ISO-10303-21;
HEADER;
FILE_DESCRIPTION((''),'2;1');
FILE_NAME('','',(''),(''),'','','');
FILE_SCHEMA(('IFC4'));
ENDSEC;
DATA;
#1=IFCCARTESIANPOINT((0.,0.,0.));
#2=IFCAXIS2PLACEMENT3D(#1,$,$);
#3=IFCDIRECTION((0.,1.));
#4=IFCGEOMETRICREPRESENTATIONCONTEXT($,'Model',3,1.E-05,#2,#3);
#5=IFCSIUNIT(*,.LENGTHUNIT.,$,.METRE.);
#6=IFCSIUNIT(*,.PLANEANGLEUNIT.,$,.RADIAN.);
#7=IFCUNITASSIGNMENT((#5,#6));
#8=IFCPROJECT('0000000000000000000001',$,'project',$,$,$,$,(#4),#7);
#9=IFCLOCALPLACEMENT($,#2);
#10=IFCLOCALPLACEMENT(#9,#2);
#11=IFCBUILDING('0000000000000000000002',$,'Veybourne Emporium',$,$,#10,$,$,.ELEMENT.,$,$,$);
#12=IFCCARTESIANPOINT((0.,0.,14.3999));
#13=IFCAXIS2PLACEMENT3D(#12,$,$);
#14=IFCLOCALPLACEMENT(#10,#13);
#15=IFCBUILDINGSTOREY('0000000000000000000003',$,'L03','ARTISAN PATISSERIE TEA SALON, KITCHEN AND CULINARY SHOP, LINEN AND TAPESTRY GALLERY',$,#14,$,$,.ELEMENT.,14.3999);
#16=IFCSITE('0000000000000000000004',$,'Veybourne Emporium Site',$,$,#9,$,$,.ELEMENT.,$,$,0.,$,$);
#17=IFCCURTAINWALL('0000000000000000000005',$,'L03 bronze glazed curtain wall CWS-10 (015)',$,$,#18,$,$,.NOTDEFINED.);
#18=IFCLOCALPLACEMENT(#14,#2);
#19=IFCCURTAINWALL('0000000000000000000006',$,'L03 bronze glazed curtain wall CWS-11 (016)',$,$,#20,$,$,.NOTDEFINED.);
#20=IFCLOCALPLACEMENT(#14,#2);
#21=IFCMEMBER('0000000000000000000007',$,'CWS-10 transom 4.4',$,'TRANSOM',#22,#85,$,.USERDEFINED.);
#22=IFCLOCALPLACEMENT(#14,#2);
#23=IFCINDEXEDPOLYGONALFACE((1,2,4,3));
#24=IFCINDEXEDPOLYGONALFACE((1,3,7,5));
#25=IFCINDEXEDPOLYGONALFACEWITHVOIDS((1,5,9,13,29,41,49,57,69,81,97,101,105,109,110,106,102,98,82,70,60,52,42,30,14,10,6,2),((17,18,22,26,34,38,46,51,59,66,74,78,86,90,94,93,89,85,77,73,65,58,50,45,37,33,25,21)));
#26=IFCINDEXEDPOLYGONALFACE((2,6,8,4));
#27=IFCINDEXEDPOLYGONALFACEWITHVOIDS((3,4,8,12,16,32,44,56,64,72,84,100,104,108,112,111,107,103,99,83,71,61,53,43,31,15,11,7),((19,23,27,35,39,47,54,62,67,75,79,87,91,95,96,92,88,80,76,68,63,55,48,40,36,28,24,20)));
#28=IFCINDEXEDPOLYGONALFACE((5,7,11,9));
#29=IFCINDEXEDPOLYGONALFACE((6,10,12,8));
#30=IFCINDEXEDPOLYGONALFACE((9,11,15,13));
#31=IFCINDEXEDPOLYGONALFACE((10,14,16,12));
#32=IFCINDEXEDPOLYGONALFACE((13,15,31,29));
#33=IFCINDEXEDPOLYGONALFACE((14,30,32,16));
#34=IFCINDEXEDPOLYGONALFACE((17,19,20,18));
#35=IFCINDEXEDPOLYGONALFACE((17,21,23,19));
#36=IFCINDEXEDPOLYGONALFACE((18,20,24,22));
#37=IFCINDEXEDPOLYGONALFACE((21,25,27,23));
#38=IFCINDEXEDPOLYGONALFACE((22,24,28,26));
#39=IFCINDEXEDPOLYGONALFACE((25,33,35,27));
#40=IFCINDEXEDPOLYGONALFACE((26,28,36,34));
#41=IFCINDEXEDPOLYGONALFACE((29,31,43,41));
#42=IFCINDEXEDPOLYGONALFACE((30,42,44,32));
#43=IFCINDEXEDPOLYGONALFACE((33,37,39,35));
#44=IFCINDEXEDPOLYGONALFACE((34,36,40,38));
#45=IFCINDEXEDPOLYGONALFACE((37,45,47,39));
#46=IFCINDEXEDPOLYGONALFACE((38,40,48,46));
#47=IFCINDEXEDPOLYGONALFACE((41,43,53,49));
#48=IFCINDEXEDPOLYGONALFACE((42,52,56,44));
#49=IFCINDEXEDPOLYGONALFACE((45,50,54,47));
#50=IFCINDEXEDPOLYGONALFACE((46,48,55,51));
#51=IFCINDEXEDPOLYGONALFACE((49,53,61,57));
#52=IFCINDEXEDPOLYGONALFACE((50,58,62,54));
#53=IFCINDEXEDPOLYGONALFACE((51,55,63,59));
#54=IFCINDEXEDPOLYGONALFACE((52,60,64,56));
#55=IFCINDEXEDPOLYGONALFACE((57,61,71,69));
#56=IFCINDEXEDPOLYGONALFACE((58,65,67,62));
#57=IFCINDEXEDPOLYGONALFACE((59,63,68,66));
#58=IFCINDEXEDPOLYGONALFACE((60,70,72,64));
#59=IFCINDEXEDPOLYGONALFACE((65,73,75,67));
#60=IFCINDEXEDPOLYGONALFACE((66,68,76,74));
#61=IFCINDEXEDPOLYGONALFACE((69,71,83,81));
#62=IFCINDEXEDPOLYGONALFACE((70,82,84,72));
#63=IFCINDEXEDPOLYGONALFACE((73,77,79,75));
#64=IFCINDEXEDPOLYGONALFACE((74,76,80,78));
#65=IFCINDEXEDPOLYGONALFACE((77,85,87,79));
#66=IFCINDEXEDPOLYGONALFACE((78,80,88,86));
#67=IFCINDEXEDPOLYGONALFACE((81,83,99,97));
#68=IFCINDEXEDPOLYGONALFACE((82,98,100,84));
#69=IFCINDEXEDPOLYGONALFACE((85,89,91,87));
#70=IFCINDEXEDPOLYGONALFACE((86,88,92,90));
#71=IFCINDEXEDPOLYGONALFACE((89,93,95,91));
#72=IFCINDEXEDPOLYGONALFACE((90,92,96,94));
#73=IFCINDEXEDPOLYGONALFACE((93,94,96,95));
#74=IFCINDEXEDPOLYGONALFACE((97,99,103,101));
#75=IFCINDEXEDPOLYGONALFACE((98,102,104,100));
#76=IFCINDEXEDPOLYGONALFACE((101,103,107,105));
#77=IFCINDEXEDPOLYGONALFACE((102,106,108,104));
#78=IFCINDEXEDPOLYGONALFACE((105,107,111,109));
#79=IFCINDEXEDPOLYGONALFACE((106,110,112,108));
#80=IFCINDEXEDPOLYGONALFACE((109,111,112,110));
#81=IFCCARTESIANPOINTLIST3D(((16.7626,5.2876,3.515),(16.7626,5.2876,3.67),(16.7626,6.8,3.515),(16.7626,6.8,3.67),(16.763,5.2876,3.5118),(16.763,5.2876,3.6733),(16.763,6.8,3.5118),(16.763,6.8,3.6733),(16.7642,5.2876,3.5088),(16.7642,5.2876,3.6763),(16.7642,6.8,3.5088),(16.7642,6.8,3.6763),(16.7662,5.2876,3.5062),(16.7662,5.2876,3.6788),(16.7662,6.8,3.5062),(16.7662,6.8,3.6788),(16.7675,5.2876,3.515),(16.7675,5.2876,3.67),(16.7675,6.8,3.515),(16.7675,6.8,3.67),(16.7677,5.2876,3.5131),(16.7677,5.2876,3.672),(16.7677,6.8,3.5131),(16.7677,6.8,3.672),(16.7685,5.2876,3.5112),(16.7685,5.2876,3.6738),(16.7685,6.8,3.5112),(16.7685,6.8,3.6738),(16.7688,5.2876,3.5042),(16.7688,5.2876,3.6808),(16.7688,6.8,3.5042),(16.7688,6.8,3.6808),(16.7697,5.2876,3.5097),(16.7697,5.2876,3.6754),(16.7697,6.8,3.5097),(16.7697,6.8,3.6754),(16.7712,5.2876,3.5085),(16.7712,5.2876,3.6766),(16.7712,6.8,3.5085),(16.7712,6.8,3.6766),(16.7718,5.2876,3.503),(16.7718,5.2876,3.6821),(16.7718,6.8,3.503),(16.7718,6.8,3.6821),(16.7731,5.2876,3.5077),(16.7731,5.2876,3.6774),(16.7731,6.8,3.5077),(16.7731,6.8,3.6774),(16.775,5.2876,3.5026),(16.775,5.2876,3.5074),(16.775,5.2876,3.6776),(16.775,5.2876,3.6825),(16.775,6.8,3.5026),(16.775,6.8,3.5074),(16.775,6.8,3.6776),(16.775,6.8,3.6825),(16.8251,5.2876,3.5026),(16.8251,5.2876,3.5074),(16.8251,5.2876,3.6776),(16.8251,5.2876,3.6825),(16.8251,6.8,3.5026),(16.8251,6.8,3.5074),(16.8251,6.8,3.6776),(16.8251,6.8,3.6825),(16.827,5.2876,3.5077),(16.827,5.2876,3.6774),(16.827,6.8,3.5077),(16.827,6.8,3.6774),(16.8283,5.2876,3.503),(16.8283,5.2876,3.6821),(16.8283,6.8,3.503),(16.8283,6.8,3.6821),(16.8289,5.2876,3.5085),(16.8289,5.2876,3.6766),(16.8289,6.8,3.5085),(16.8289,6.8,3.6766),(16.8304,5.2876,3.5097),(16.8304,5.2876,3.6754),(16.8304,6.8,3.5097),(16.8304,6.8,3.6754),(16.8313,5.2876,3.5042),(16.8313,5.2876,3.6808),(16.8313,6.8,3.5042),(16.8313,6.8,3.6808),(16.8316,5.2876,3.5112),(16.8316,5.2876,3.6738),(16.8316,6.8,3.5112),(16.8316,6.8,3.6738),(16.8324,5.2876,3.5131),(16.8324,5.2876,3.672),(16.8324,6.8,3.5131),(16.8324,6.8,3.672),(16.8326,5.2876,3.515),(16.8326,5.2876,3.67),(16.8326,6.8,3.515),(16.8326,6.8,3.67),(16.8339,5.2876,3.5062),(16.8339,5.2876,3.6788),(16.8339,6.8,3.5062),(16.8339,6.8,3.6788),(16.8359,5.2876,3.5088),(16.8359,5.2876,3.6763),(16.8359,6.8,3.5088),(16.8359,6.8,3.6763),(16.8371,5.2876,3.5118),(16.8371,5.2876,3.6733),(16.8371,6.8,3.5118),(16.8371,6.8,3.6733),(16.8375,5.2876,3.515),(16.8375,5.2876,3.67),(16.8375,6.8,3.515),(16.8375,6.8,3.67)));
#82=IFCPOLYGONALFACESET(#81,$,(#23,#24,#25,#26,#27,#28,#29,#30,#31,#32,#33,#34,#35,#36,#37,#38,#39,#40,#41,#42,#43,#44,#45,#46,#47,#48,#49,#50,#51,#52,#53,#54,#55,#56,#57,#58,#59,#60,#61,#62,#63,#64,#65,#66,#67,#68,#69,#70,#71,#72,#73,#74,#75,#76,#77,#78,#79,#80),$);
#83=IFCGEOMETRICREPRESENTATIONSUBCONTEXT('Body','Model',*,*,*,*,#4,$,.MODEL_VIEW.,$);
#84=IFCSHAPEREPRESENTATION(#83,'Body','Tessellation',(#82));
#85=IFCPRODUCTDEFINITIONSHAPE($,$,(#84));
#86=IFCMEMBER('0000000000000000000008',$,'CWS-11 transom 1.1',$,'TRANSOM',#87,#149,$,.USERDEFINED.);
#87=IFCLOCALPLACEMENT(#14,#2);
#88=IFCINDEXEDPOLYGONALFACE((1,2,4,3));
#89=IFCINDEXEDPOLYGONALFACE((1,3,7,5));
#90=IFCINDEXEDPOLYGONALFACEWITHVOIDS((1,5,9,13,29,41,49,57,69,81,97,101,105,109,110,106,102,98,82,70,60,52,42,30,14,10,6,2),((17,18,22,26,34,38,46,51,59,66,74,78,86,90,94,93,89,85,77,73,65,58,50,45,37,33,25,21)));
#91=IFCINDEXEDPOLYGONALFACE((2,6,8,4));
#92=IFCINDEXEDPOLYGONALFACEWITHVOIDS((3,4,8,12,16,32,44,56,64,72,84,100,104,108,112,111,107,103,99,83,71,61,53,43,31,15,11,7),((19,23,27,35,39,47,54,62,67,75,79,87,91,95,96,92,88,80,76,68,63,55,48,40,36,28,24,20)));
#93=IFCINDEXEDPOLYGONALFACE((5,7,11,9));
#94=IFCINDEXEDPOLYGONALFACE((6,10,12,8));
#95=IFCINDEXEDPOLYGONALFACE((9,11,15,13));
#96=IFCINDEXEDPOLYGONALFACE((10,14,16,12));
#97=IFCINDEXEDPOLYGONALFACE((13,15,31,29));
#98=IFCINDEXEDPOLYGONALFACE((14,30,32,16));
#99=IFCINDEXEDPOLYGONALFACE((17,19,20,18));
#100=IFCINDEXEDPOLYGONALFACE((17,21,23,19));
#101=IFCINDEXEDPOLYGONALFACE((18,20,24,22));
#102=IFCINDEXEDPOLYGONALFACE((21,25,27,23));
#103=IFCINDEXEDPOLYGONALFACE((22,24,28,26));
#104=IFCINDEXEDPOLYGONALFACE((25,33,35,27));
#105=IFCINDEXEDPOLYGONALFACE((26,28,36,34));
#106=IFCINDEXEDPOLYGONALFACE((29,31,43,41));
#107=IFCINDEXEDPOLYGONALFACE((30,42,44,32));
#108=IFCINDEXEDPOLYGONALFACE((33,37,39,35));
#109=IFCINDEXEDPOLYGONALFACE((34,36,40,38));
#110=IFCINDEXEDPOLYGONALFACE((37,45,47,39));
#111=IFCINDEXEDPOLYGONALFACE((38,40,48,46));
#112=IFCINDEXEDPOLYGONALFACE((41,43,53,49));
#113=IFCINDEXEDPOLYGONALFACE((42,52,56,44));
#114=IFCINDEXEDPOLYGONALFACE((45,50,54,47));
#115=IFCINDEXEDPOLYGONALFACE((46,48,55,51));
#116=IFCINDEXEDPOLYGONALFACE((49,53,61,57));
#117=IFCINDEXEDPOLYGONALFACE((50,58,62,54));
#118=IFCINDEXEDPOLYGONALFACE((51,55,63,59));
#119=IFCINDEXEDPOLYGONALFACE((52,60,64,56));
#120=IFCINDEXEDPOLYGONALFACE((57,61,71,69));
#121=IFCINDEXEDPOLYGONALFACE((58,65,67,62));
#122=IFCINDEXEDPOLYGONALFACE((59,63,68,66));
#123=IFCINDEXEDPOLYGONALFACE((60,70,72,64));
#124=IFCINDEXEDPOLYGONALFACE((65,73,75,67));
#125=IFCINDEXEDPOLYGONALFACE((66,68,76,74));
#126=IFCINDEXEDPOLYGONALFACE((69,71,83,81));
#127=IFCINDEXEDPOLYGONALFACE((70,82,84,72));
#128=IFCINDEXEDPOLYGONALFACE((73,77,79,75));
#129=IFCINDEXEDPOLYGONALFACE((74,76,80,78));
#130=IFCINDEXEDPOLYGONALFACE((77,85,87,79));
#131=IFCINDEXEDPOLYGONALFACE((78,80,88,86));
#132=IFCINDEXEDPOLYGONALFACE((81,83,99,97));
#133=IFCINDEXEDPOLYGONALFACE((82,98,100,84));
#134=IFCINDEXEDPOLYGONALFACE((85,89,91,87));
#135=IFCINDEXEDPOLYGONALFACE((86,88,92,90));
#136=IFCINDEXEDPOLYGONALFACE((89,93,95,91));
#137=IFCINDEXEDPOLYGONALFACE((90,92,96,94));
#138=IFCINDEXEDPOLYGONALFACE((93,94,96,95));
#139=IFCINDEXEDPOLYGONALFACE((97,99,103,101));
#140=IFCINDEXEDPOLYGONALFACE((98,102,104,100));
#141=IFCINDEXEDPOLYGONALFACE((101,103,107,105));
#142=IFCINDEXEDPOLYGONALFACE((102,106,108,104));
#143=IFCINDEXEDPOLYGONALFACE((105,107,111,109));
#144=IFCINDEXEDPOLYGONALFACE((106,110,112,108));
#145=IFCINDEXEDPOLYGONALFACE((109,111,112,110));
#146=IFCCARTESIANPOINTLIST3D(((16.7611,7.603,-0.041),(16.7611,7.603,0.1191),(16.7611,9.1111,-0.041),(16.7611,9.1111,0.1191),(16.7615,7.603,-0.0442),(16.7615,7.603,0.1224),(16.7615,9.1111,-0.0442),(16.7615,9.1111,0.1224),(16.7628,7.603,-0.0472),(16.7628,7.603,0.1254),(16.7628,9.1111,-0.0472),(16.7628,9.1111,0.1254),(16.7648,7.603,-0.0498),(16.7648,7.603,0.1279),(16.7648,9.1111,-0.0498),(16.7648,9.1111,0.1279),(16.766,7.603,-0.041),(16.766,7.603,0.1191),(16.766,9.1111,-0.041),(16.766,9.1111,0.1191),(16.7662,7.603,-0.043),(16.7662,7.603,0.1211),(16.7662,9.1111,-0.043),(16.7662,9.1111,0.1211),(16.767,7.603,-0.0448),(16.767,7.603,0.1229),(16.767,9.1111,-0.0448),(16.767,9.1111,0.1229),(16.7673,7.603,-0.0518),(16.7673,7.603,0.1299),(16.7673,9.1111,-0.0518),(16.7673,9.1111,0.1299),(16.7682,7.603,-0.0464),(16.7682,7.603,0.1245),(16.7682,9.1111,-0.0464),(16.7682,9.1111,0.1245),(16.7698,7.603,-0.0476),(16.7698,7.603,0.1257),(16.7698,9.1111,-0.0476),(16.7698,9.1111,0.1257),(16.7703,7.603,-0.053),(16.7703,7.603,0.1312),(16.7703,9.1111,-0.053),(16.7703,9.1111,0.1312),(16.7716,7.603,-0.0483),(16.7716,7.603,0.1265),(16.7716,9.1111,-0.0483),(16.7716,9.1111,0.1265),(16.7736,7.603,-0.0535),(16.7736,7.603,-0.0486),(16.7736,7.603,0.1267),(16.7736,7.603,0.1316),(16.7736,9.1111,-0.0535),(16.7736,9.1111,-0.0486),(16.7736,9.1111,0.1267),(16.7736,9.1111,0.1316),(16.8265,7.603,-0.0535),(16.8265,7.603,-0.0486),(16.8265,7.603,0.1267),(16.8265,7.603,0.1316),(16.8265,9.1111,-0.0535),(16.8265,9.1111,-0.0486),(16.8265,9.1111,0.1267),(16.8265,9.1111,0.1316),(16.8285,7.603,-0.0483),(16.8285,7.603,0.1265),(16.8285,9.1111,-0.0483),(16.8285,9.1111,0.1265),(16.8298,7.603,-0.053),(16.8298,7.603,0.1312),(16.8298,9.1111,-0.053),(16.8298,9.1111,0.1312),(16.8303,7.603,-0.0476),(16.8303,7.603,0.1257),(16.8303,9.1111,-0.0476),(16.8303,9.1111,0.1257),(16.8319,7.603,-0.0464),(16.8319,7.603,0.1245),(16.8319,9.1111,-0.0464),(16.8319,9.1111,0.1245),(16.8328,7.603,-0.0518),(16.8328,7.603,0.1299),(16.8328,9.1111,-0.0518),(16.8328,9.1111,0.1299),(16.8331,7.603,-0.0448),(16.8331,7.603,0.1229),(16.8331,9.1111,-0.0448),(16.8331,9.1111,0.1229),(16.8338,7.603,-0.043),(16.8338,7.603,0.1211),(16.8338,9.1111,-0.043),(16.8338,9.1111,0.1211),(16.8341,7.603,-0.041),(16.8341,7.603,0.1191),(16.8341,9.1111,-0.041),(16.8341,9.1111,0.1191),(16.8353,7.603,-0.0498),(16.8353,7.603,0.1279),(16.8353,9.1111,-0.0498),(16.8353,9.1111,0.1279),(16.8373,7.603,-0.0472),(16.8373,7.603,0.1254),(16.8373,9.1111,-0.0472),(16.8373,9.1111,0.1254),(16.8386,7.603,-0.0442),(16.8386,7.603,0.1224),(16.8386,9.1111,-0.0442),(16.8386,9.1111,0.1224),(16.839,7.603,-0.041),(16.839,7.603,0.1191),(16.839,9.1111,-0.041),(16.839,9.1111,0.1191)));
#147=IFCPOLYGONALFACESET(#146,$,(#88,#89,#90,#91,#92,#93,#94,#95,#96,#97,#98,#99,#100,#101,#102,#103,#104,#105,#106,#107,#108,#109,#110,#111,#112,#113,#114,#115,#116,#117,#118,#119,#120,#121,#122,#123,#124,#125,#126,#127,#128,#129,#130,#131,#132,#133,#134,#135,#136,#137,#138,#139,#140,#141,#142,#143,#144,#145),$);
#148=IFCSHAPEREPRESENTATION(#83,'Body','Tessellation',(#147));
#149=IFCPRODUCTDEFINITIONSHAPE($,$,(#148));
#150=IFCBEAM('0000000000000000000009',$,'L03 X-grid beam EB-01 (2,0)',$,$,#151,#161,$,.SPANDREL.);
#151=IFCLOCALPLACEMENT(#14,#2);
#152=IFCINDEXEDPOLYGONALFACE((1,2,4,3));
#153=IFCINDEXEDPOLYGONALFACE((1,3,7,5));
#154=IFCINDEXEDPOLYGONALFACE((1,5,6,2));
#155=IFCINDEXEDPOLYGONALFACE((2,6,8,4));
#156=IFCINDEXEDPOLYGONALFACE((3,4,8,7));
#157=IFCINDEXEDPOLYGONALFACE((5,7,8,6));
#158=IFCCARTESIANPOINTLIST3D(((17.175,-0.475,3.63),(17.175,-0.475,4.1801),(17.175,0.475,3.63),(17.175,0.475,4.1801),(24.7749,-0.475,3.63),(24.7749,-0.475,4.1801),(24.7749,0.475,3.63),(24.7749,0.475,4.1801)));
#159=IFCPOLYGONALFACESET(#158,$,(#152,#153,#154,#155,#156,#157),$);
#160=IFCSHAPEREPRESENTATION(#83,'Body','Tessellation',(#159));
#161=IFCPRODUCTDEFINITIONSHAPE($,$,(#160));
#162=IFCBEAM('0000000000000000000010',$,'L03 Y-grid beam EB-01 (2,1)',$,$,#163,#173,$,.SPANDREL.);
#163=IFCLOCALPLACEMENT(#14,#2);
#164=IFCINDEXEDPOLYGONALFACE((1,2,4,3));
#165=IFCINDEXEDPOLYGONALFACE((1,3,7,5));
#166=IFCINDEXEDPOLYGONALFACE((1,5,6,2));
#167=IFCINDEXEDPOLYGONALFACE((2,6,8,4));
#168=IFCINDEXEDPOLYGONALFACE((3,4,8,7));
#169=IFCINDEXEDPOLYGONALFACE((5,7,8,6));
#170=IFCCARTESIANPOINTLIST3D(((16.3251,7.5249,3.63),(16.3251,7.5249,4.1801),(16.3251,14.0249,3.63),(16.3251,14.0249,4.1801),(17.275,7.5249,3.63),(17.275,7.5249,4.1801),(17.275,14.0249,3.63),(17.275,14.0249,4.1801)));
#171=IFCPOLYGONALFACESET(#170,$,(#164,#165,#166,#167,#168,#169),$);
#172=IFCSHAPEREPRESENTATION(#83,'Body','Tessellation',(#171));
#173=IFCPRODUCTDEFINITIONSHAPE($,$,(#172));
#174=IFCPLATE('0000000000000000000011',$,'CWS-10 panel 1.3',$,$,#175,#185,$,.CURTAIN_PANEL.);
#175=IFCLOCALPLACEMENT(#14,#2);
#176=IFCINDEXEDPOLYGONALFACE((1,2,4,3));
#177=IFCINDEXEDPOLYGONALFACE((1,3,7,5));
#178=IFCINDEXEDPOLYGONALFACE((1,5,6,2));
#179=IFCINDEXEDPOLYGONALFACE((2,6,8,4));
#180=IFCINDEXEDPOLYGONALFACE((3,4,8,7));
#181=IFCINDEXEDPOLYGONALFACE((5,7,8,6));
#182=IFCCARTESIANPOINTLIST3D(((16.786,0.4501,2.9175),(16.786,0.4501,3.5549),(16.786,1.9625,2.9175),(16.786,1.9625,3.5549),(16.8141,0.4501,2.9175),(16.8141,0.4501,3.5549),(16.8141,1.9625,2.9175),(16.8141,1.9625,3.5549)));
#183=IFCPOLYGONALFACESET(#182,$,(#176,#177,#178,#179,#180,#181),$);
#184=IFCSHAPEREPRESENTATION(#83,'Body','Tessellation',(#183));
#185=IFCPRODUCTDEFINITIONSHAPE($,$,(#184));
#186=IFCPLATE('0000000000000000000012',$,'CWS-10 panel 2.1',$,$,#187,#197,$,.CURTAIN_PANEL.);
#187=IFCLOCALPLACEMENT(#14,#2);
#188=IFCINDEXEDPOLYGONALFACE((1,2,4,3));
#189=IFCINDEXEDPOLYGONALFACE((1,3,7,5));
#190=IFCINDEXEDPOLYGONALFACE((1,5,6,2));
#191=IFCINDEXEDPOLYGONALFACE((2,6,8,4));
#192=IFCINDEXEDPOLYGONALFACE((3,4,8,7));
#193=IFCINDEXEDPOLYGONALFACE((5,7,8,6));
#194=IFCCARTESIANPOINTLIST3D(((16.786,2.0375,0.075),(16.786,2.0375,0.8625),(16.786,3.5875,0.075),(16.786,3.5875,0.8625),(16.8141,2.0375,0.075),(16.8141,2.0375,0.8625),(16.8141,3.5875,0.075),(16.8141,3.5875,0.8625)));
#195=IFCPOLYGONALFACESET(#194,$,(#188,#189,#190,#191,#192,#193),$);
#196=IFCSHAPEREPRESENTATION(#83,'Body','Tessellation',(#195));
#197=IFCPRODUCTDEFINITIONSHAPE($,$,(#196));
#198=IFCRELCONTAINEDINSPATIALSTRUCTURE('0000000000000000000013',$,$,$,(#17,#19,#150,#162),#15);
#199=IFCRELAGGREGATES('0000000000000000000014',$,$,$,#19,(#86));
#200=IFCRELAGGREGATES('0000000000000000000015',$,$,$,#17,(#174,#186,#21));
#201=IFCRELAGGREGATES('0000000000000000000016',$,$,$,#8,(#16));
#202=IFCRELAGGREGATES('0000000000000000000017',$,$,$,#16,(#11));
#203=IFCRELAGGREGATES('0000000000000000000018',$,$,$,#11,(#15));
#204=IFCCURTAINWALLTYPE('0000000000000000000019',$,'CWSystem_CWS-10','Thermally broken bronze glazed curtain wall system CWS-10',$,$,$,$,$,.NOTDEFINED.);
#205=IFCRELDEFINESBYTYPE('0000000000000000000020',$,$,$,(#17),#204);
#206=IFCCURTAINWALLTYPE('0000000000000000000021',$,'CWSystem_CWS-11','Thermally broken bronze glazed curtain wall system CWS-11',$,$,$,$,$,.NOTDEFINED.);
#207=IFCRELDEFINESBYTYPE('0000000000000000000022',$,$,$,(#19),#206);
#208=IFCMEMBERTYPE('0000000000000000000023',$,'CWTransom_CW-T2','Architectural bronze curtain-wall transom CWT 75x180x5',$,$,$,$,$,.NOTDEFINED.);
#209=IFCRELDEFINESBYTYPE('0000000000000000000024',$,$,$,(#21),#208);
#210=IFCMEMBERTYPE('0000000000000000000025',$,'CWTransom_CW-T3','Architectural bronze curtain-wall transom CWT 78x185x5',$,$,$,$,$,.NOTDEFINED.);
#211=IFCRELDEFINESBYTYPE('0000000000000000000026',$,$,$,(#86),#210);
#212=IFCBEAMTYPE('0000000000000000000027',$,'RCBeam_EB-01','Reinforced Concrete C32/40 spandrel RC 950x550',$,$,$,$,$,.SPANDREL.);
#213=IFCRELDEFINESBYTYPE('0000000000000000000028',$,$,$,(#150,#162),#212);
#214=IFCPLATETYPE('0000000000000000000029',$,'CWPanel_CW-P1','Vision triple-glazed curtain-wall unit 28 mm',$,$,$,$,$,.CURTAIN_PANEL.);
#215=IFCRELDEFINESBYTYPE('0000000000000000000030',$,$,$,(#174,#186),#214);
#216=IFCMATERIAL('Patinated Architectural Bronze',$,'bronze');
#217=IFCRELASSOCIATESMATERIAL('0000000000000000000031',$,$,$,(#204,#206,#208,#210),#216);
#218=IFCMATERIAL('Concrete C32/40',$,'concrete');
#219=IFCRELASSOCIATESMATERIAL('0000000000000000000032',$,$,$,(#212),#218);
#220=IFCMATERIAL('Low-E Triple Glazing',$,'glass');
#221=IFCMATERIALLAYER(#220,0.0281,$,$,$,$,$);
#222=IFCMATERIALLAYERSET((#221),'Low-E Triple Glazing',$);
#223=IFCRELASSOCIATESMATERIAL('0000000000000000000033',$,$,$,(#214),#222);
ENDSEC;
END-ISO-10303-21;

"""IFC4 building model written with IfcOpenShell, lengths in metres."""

from ifc_helpers import new_model, si_unit, direction, frame, origin, origin_2d, place, context, subcontext, project, spatial, rectangle, hollow_rectangle, extrude, material, layer, layer_set, material_profile, profile_set, type_object, element, aggregate, save


model = new_model("IFC4")

# Units and contexts
model_context = context("Model", 3, precision=1e-05, world=origin(), true_north=direction((0.0, 1.0)))
body_context = subcontext(model_context, "Body", "Model", "MODEL_VIEW")
ifc_project = project(units=[si_unit("LENGTHUNIT", "METRE"), si_unit("PLANEANGLEUNIT", "RADIAN")], contexts=[model_context])

# Site, building, storey
site_placement = place(None, origin())
site = spatial("IfcSite", under=ifc_project, at=site_placement, Name="Veybourne Emporium Site", CompositionType="ELEMENT", RefElevation=0.0)
building_placement = place(site_placement, origin())
building = spatial("IfcBuilding", under=site, at=building_placement, Name="Veybourne Emporium", CompositionType="ELEMENT")
storey_placement = place(building_placement, frame((0.0, 0.0, 14.3999)))
storey = spatial("IfcBuildingStorey", under=building, at=storey_placement, Name="L03", Description="ARTISAN PATISSERIE TEA SALON, KITCHEN AND CULINARY SHOP, LINEN AND TAPESTRY GALLERY", CompositionType="ELEMENT", Elevation=14.3999)

# Curtain wall
ifc_material_1 = material(Name="Patinated Architectural Bronze", Category="bronze")
curtain_wall_type_1 = type_object("IfcCurtainWallType", Name="CWSystem_CWS-10", Description="Thermally broken bronze glazed curtain wall system CWS-10", PredefinedType="NOTDEFINED", material=ifc_material_1)
curtain_wall_1_placement = place(storey_placement, origin())
curtain_wall_1 = element("IfcCurtainWall", 1, at=curtain_wall_1_placement, inside=storey, type_object=curtain_wall_type_1, Name="L03 bronze glazed curtain wall CWS-10 (015)", PredefinedType="NOTDEFINED")

# Curtain wall
curtain_wall_type_2 = type_object("IfcCurtainWallType", Name="CWSystem_CWS-11", Description="Thermally broken bronze glazed curtain wall system CWS-11", PredefinedType="NOTDEFINED", material=ifc_material_1)
curtain_wall_2_placement = place(storey_placement, origin())
curtain_wall_2 = element("IfcCurtainWall", 2, at=curtain_wall_2_placement, inside=storey, type_object=curtain_wall_type_2, Name="L03 bronze glazed curtain wall CWS-11 (016)", PredefinedType="NOTDEFINED")

# Members
ifc_material_profile_1 = material_profile(ifc_material_1, hollow_rectangle(XDim=0.075, YDim=0.1799, WallThickness=0.0049, InnerFilletRadius=0.0076, OuterFilletRadius=0.0125, at=origin_2d()), Name="CWT 75x180x5")
ifc_profile_set_1 = profile_set([ifc_material_profile_1], Name="Patinated Architectural Bronze")
member_type_1 = type_object("IfcMemberType", Name="CWTransom_CW-T2", Description="Architectural bronze curtain-wall transom CWT 75x180x5", PredefinedType="NOTDEFINED", material=ifc_profile_set_1)
member_1_placement = place(storey_placement, frame((16.8, 5.2876, 3.5925), z_axis=(0.0, 1.0, 0.0), x_axis=(-1.0, 0.0, 0.0)))
member_1 = element("IfcMember", 3, at=member_1_placement, type_object=member_type_1, Name="CWS-10 transom 4.4", ObjectType="TRANSOM", PredefinedType="USERDEFINED", context=body_context, shape_type="SweptSolid", body=[
    extrude(hollow_rectangle(XDim=0.075, YDim=0.1799, WallThickness=0.0049, InnerFilletRadius=0.0076, OuterFilletRadius=0.0125, at=origin_2d()), origin(), (0.0, 0.0, 1.0), 1.5125),
])
ifc_material_profile_2 = material_profile(ifc_material_1, hollow_rectangle(XDim=0.0779, YDim=0.1851, WallThickness=0.0049, InnerFilletRadius=0.0076, OuterFilletRadius=0.0125, at=origin_2d()), Name="CWT 78x185x5")
ifc_profile_set_2 = profile_set([ifc_material_profile_2], Name="Patinated Architectural Bronze")
member_type_2 = type_object("IfcMemberType", Name="CWTransom_CW-T3", Description="Architectural bronze curtain-wall transom CWT 78x185x5", PredefinedType="NOTDEFINED", material=ifc_profile_set_2)
member_2_placement = place(storey_placement, frame((16.8, 7.603, 0.0391), z_axis=(0.0, 1.0, 0.0), x_axis=(-1.0, 0.0, 0.0)))
member_2 = element("IfcMember", 4, at=member_2_placement, type_object=member_type_2, Name="CWS-11 transom 1.1", ObjectType="TRANSOM", PredefinedType="USERDEFINED", context=body_context, shape_type="SweptSolid", body=[
    extrude(hollow_rectangle(XDim=0.0779, YDim=0.1851, WallThickness=0.0049, InnerFilletRadius=0.0076, OuterFilletRadius=0.0125, at=origin_2d()), origin(), (0.0, 0.0, 1.0), 1.5081),
])
aggregate(curtain_wall_2, [member_2])

# Beams
ifc_material_2 = material(Name="Concrete C32/40", Category="concrete")
ifc_material_profile_3 = material_profile(ifc_material_2, rectangle(XDim=0.95, YDim=0.55, at=origin_2d()), Name="RC 950x550")
ifc_profile_set_3 = profile_set([ifc_material_profile_3], Name="Concrete C32/40")
beam_type = type_object("IfcBeamType", Name="RCBeam_EB-01", Description="Reinforced Concrete C32/40 spandrel RC 950x550", PredefinedType="SPANDREL", material=ifc_profile_set_3)
beam_1_placement = place(storey_placement, frame((17.175, 0.0, 3.905), z_axis=(1.0, 0.0, 0.0), x_axis=(0.0, 1.0, 0.0)))
element("IfcBeam", 5, at=beam_1_placement, inside=storey, type_object=beam_type, Name="L03 X-grid beam EB-01 (2,0)", PredefinedType="SPANDREL", context=body_context, shape_type="SweptSolid", body=[
    extrude(rectangle(XDim=0.95, YDim=0.55, at=origin_2d()), origin(), (0.0, 0.0, 1.0), 7.5999),
])
beam_2_placement = place(storey_placement, frame((16.8, 7.5249, 3.905), z_axis=(0.0, 1.0, 0.0), x_axis=(-1.0, 0.0, 0.0)))
element("IfcBeam", 6, at=beam_2_placement, inside=storey, type_object=beam_type, Name="L03 Y-grid beam EB-01 (2,1)", PredefinedType="SPANDREL", context=body_context, shape_type="SweptSolid", body=[
    extrude(rectangle(XDim=0.95, YDim=0.55, at=origin_2d()), origin(), (0.0, 0.0, 1.0), 6.5),
])

# Plates
ifc_material_3 = material(Name="Low-E Triple Glazing", Category="glass")
ifc_layer = layer(ifc_material_3, 0.0281)
ifc_layer_set = layer_set([ifc_layer], Name="Low-E Triple Glazing")
plate_type = type_object("IfcPlateType", Name="CWPanel_CW-P1", Description="Vision triple-glazed curtain-wall unit 28 mm", PredefinedType="CURTAIN_PANEL", material=ifc_layer_set)
plate_1_placement = place(storey_placement, frame((16.8, 1.2063, 2.9175), z_axis=(0.0, 0.0, 1.0), x_axis=(0.0, 1.0, 0.0)))
plate_1 = element("IfcPlate", 7, at=plate_1_placement, type_object=plate_type, Name="CWS-10 panel 1.3", PredefinedType="CURTAIN_PANEL", context=body_context, shape_type="SweptSolid", body=[
    extrude(rectangle(XDim=1.5125, YDim=0.0281, at=origin_2d()), origin(), (0.0, 0.0, 1.0), 0.6375),
])
plate_2_placement = place(storey_placement, frame((16.8, 2.8125, 0.075), z_axis=(0.0, 0.0, 1.0), x_axis=(0.0, 1.0, 0.0)))
plate_2 = element("IfcPlate", 8, at=plate_2_placement, type_object=plate_type, Name="CWS-10 panel 2.1", PredefinedType="CURTAIN_PANEL", context=body_context, shape_type="SweptSolid", body=[
    extrude(rectangle(XDim=1.55, YDim=0.0281, at=origin_2d()), origin(), (0.0, 0.0, 1.0), 0.7876),
])
aggregate(curtain_wall_1, [plate_1, plate_2, member_1])

save(model, "model.ifc")
